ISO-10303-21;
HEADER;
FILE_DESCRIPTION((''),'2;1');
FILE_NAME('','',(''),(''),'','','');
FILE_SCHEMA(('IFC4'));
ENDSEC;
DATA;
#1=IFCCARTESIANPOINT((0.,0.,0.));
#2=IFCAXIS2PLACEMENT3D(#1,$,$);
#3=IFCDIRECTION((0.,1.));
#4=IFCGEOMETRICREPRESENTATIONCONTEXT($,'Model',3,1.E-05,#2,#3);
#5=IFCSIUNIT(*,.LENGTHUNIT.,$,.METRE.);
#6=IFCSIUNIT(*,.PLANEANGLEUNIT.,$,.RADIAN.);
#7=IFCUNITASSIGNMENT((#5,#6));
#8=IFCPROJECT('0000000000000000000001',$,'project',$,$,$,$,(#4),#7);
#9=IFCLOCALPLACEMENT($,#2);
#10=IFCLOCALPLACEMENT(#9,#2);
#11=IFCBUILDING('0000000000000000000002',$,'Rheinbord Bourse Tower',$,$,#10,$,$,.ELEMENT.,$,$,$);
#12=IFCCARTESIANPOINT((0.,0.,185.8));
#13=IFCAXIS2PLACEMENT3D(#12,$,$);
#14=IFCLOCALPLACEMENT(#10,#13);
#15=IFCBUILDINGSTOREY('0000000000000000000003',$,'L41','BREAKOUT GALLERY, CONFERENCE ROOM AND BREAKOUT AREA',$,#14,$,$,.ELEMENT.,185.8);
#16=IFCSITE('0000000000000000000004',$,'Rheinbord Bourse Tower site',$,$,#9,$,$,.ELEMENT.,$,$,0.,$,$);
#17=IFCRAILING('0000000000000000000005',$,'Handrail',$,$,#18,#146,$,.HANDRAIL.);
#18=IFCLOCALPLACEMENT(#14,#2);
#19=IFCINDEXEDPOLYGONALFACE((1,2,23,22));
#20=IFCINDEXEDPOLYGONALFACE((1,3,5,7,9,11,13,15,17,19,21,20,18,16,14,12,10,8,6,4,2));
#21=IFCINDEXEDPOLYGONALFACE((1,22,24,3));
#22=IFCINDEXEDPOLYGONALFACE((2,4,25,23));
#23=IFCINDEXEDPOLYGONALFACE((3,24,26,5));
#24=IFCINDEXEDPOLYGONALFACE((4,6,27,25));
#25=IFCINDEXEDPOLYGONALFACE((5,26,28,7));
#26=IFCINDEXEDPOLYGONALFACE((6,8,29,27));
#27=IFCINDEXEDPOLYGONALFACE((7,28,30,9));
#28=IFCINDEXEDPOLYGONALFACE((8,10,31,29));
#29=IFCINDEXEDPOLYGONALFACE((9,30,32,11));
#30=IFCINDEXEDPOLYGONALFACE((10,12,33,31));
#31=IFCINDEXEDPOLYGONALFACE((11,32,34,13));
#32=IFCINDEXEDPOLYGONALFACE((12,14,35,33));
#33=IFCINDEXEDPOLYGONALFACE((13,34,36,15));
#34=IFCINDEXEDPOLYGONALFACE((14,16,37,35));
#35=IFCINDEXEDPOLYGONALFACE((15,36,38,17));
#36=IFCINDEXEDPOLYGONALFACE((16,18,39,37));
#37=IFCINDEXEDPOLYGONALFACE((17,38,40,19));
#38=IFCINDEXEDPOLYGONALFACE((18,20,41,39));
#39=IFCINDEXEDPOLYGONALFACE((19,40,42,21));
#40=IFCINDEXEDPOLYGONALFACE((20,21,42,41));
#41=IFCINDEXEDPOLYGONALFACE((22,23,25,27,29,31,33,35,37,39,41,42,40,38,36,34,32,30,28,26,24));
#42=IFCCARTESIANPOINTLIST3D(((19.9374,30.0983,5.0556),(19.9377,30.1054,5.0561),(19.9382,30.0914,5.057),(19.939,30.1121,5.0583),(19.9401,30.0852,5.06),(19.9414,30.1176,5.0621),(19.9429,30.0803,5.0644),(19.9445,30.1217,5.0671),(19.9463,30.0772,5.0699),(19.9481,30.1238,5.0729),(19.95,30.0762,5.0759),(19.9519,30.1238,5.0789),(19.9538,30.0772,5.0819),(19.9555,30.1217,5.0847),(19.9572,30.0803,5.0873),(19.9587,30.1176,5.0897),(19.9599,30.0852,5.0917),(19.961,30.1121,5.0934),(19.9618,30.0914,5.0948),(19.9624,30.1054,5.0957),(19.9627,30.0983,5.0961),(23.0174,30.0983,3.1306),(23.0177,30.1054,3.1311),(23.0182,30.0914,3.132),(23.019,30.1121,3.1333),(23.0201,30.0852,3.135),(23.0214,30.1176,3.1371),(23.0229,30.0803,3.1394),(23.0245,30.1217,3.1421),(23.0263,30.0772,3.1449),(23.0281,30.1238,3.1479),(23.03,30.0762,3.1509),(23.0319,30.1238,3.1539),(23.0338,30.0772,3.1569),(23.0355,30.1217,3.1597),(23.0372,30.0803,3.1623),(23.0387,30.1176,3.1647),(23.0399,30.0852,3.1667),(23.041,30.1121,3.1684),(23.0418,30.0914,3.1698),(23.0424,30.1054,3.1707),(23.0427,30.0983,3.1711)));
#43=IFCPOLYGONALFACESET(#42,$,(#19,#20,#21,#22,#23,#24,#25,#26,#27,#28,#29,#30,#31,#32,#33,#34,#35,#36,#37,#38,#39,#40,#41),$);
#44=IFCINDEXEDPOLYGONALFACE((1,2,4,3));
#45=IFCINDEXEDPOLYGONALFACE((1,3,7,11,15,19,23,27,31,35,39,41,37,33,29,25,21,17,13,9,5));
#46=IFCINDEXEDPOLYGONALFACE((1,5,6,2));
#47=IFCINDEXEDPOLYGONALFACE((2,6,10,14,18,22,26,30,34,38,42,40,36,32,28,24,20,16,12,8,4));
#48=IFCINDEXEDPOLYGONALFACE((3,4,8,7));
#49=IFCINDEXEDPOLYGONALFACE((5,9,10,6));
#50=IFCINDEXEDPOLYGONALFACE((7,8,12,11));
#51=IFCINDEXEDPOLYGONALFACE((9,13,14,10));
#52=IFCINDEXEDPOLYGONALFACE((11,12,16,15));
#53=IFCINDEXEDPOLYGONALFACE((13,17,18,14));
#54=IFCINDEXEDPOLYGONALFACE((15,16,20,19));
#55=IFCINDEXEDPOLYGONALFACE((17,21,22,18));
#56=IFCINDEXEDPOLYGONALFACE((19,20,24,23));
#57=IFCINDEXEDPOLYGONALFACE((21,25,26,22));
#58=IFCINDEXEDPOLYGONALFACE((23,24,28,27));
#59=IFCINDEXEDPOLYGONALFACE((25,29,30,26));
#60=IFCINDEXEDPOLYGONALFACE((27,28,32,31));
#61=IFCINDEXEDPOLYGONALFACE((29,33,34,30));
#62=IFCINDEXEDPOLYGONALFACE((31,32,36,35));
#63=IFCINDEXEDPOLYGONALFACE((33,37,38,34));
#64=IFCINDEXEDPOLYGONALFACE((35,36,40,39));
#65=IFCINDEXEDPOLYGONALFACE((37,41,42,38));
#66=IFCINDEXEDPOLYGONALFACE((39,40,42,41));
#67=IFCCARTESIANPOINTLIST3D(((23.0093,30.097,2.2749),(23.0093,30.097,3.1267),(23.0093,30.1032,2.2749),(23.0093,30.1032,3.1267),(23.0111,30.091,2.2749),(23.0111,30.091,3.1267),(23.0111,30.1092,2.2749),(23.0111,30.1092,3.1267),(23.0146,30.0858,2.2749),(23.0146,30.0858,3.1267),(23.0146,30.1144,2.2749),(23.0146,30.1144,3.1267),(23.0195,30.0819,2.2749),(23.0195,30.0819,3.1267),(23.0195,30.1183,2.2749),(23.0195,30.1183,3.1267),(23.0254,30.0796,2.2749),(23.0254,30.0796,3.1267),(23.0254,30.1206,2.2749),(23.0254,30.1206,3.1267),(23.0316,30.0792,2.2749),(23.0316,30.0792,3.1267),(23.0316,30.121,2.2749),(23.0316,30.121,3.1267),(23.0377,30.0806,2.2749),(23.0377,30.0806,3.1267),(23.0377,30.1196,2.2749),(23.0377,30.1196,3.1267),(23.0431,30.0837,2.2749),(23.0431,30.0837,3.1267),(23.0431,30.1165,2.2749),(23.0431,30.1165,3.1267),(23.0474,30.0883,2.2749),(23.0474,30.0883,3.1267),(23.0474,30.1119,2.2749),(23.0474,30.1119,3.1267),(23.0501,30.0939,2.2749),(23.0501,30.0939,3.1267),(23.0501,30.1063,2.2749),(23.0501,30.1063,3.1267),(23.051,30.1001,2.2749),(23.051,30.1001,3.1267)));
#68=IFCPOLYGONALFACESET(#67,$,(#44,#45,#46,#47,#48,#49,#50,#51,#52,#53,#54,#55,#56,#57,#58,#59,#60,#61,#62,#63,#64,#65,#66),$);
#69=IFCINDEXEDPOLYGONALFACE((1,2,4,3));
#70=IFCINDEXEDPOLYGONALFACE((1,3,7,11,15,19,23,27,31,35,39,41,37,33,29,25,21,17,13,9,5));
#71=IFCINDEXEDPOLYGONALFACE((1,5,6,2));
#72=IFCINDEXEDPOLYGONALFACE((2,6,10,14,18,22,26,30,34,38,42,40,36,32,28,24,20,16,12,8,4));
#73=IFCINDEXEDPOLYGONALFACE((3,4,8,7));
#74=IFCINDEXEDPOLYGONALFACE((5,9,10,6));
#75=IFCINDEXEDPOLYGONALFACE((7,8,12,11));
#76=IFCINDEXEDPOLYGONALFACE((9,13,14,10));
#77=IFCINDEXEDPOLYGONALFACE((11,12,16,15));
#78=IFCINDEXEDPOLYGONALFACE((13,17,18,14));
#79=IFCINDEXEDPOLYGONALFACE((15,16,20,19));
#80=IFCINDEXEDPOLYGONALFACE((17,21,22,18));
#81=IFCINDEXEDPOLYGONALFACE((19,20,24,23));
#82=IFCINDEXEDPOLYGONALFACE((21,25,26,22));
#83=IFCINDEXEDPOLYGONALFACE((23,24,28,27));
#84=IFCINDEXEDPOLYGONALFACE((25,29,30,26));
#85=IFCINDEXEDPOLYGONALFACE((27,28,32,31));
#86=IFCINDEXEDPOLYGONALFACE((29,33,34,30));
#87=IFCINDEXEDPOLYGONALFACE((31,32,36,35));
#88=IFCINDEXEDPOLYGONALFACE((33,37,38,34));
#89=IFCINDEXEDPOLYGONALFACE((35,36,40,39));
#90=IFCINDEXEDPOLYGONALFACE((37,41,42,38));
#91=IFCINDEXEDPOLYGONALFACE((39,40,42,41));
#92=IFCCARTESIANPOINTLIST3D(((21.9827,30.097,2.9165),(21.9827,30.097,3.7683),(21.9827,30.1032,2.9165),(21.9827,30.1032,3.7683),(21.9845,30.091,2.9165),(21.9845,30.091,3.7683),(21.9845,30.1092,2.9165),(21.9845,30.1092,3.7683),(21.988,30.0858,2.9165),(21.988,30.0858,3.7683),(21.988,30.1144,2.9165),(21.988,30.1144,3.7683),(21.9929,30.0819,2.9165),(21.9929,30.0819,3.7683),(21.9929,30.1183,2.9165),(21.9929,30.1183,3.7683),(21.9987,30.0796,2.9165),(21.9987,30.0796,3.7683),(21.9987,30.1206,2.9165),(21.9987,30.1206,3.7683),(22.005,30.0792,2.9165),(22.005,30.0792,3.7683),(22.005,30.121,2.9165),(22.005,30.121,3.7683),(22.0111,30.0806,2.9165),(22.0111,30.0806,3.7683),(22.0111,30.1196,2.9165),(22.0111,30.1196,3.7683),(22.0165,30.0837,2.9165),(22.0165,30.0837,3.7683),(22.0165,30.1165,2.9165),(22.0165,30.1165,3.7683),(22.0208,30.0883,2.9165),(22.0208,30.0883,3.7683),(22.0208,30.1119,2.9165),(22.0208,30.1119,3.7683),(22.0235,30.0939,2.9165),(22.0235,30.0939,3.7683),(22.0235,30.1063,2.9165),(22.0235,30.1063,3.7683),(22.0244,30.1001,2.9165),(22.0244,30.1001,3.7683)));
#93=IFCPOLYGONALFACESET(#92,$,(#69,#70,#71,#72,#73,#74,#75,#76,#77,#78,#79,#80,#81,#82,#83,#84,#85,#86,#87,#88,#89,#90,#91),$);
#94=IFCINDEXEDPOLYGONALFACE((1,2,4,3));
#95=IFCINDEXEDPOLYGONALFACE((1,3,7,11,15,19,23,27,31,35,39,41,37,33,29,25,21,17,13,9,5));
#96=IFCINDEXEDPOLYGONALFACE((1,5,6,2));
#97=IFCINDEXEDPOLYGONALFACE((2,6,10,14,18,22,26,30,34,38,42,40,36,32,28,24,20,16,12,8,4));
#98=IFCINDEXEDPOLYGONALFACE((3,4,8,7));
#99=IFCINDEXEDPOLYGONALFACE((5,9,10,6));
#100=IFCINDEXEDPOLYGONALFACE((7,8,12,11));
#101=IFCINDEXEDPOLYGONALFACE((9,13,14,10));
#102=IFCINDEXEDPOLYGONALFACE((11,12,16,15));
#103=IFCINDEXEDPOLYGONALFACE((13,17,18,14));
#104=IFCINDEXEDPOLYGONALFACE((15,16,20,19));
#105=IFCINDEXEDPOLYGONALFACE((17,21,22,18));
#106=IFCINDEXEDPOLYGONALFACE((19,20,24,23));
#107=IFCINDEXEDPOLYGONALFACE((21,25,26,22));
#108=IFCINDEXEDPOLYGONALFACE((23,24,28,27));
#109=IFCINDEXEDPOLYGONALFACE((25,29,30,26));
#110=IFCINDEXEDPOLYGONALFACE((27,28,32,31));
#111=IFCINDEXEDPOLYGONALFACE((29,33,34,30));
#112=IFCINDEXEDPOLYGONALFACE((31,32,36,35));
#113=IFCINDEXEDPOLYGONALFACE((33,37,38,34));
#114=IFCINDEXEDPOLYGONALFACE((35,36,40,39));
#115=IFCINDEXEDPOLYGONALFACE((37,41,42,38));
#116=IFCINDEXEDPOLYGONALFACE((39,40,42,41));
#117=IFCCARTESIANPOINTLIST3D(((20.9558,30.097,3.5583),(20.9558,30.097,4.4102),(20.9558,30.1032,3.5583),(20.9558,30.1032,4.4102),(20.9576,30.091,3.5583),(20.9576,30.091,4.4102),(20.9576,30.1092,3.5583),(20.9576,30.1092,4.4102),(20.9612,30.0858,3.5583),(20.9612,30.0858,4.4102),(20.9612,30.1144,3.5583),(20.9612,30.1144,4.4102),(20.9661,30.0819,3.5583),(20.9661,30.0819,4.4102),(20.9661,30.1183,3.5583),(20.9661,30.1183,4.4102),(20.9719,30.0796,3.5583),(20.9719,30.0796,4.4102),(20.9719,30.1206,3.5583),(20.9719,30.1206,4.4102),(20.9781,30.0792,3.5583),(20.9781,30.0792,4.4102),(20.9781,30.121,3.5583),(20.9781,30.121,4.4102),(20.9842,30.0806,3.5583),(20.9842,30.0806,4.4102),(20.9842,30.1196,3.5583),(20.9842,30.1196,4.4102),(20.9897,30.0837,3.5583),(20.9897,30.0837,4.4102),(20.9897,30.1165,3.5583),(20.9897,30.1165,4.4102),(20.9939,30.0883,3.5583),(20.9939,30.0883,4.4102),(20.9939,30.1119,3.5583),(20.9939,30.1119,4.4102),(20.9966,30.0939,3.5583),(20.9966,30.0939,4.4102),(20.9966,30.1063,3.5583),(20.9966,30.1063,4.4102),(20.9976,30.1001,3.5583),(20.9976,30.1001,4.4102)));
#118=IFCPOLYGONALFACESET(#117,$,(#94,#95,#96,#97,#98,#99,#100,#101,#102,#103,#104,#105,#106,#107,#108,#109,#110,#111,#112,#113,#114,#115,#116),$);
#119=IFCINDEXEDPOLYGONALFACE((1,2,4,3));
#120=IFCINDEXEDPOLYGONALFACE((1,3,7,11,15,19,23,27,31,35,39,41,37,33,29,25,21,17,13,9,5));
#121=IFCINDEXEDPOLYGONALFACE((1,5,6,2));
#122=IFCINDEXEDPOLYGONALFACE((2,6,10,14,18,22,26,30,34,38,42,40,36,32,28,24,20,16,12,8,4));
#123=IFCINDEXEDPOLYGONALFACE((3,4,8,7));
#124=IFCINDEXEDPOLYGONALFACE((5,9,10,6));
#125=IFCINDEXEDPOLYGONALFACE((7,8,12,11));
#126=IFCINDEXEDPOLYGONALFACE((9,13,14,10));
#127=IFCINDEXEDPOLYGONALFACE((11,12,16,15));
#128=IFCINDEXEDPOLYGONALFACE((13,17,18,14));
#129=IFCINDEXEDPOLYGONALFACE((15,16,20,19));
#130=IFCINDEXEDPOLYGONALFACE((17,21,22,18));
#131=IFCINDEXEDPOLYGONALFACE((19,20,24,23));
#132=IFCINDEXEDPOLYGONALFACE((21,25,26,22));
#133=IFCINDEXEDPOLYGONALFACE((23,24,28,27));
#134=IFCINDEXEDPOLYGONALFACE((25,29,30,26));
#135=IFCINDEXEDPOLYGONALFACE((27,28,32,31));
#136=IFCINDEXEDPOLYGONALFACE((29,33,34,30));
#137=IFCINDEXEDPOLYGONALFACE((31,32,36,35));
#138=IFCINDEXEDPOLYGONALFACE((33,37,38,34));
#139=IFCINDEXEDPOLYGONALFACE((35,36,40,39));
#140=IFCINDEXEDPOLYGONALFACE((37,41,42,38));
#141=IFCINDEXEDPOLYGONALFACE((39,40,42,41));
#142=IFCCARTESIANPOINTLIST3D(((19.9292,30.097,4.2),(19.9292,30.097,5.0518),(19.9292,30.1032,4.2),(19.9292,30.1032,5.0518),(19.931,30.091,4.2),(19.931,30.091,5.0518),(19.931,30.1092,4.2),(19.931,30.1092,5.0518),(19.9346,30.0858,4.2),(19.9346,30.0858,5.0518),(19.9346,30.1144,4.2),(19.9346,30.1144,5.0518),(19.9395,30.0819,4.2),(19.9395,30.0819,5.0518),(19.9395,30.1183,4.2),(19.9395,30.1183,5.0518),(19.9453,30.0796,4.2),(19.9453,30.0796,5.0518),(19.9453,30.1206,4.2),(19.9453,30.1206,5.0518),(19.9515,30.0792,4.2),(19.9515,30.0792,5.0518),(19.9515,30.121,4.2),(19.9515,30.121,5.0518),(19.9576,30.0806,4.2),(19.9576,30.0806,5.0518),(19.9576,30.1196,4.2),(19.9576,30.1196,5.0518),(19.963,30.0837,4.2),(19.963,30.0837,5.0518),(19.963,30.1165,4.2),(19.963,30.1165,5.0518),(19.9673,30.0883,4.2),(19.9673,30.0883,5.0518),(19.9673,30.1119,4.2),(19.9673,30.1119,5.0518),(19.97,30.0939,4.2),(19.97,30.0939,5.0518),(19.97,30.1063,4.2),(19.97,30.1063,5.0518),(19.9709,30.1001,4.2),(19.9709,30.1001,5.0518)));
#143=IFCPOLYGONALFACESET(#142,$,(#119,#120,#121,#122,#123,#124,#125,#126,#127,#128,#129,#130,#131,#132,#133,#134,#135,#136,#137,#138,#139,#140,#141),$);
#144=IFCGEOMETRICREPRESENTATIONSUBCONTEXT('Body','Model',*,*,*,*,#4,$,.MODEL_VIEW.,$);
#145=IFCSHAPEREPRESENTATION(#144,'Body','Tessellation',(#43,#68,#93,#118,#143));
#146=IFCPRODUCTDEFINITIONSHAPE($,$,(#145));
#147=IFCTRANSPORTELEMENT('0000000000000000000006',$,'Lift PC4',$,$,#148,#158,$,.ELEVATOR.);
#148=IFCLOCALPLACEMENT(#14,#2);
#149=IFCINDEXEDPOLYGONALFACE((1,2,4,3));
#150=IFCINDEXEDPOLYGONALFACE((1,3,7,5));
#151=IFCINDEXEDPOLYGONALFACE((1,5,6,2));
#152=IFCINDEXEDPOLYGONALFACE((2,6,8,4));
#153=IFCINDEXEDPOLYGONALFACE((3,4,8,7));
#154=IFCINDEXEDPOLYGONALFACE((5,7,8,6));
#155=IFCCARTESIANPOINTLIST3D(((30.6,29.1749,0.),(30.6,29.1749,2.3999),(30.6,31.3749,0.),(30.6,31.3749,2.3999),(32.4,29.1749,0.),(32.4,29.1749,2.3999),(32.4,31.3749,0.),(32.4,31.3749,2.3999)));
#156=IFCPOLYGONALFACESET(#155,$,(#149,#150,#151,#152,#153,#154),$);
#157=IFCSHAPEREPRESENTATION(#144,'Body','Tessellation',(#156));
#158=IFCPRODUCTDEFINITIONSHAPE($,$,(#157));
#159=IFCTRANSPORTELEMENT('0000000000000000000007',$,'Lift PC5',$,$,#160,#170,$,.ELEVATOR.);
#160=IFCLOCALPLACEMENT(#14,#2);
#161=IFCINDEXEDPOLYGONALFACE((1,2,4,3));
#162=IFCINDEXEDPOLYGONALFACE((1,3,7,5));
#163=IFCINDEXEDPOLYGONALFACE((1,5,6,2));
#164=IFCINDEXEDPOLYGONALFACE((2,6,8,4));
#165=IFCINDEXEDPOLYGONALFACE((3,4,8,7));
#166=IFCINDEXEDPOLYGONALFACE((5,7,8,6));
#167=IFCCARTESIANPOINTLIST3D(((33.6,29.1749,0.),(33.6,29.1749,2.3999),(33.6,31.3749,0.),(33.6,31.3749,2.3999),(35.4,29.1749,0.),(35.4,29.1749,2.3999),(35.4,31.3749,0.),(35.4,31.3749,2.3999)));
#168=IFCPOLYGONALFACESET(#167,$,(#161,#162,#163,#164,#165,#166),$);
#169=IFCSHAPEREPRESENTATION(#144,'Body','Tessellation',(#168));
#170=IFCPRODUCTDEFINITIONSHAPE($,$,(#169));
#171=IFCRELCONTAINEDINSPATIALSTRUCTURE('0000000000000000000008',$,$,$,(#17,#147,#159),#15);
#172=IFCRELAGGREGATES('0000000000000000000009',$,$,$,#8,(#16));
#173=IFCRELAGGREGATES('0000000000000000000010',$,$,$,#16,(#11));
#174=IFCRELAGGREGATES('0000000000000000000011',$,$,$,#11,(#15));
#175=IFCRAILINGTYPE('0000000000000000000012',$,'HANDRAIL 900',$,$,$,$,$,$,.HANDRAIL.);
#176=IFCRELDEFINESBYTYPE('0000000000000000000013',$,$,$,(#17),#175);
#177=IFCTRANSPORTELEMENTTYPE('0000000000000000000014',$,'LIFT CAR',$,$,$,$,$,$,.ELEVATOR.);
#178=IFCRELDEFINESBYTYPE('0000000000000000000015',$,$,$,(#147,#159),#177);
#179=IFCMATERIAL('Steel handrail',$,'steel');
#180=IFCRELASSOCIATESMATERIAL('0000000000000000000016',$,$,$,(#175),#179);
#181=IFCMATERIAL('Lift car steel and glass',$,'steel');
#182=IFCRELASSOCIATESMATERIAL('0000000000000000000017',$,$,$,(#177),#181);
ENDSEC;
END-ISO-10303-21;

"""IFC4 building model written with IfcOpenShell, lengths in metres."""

from ifc_helpers import new_model, si_unit, direction, frame, origin, origin_2d, place, context, subcontext, project, spatial, rectangle, circle, extrude, material, type_object, element, save


model = new_model("IFC4")

# Units and contexts
model_context = context("Model", 3, precision=1e-05, world=origin(), true_north=direction((0.0, 1.0)))
body_context = subcontext(model_context, "Body", "Model", "MODEL_VIEW")
ifc_project = project(units=[si_unit("LENGTHUNIT", "METRE"), si_unit("PLANEANGLEUNIT", "RADIAN")], contexts=[model_context])

# Site, building, storey
site_placement = place(None, origin())
site = spatial("IfcSite", under=ifc_project, at=site_placement, Name="Rheinbord Bourse Tower site", CompositionType="ELEMENT", RefElevation=0.0)
building_placement = place(site_placement, origin())
building = spatial("IfcBuilding", under=site, at=building_placement, Name="Rheinbord Bourse Tower", CompositionType="ELEMENT")
storey_placement = place(building_placement, frame((0.0, 0.0, 185.8)))
storey = spatial("IfcBuildingStorey", under=building, at=storey_placement, Name="L41", Description="BREAKOUT GALLERY, CONFERENCE ROOM AND BREAKOUT AREA", CompositionType="ELEMENT", Elevation=185.8)

# Railing
ifc_material_1 = material(Name="Steel handrail", Category="steel")
railing_type = type_object("IfcRailingType", Name="HANDRAIL 900", PredefinedType="HANDRAIL", material=ifc_material_1)
railing_1_placement = place(storey_placement, frame((23.03, 30.1001, 2.2749)))
element("IfcRailing", 1, at=railing_1_placement, inside=storey, type_object=railing_type, Name="Handrail", PredefinedType="HANDRAIL", context=body_context, shape_type="SweptSolid", body=[
    extrude(circle(Radius=0.0239, at=origin_2d()), frame((0.0, 0.0, 0.876), z_axis=(-0.847998, 0.0, 0.529999), x_axis=(0.0, -1.0, 0.0)), (0.0, 0.0, 1.0), 3.6321),
    extrude(circle(Radius=0.021, at=origin_2d()), origin(), (0.0, 0.0, 1.0), 0.8518),
    extrude(circle(Radius=0.021, at=origin_2d()), frame((-1.0266, 0.0, 0.6416)), (0.0, 0.0, 1.0), 0.8518),
    extrude(circle(Radius=0.021, at=origin_2d()), frame((-2.0535, 0.0, 1.2834)), (0.0, 0.0, 1.0), 0.8518),
    extrude(circle(Radius=0.021, at=origin_2d()), frame((-3.0801, 0.0, 1.925)), (0.0, 0.0, 1.0), 0.8518),
])

# Transport elements
ifc_material_2 = material(Name="Lift car steel and glass", Category="steel")
transport_element_type = type_object("IfcTransportElementType", Name="LIFT CAR", PredefinedType="ELEVATOR", material=ifc_material_2)
for number, where, z_axis, x_axis, name in (
    (2, (31.5, 30.2749, 0.0), (0.0, 0.0, 1.0), (1.0, 0.0, 0.0), "Lift PC4"),
    (3, (34.5, 30.2749, 0.0), (0.0, 0.0, 1.0), (1.0, 0.0, 0.0), "Lift PC5"),
):
    element("IfcTransportElement", number, at=place(storey_placement, frame(where, z_axis=z_axis, x_axis=x_axis)), inside=storey, type_object=transport_element_type, Name=name, PredefinedType="ELEVATOR", context=body_context, shape_type="SweptSolid", body=[
        extrude(rectangle(XDim=1.8, YDim=2.2, at=origin_2d()), origin(), (0.0, 0.0, 1.0), 2.3999),
    ])

save(model, "model.ifc")
